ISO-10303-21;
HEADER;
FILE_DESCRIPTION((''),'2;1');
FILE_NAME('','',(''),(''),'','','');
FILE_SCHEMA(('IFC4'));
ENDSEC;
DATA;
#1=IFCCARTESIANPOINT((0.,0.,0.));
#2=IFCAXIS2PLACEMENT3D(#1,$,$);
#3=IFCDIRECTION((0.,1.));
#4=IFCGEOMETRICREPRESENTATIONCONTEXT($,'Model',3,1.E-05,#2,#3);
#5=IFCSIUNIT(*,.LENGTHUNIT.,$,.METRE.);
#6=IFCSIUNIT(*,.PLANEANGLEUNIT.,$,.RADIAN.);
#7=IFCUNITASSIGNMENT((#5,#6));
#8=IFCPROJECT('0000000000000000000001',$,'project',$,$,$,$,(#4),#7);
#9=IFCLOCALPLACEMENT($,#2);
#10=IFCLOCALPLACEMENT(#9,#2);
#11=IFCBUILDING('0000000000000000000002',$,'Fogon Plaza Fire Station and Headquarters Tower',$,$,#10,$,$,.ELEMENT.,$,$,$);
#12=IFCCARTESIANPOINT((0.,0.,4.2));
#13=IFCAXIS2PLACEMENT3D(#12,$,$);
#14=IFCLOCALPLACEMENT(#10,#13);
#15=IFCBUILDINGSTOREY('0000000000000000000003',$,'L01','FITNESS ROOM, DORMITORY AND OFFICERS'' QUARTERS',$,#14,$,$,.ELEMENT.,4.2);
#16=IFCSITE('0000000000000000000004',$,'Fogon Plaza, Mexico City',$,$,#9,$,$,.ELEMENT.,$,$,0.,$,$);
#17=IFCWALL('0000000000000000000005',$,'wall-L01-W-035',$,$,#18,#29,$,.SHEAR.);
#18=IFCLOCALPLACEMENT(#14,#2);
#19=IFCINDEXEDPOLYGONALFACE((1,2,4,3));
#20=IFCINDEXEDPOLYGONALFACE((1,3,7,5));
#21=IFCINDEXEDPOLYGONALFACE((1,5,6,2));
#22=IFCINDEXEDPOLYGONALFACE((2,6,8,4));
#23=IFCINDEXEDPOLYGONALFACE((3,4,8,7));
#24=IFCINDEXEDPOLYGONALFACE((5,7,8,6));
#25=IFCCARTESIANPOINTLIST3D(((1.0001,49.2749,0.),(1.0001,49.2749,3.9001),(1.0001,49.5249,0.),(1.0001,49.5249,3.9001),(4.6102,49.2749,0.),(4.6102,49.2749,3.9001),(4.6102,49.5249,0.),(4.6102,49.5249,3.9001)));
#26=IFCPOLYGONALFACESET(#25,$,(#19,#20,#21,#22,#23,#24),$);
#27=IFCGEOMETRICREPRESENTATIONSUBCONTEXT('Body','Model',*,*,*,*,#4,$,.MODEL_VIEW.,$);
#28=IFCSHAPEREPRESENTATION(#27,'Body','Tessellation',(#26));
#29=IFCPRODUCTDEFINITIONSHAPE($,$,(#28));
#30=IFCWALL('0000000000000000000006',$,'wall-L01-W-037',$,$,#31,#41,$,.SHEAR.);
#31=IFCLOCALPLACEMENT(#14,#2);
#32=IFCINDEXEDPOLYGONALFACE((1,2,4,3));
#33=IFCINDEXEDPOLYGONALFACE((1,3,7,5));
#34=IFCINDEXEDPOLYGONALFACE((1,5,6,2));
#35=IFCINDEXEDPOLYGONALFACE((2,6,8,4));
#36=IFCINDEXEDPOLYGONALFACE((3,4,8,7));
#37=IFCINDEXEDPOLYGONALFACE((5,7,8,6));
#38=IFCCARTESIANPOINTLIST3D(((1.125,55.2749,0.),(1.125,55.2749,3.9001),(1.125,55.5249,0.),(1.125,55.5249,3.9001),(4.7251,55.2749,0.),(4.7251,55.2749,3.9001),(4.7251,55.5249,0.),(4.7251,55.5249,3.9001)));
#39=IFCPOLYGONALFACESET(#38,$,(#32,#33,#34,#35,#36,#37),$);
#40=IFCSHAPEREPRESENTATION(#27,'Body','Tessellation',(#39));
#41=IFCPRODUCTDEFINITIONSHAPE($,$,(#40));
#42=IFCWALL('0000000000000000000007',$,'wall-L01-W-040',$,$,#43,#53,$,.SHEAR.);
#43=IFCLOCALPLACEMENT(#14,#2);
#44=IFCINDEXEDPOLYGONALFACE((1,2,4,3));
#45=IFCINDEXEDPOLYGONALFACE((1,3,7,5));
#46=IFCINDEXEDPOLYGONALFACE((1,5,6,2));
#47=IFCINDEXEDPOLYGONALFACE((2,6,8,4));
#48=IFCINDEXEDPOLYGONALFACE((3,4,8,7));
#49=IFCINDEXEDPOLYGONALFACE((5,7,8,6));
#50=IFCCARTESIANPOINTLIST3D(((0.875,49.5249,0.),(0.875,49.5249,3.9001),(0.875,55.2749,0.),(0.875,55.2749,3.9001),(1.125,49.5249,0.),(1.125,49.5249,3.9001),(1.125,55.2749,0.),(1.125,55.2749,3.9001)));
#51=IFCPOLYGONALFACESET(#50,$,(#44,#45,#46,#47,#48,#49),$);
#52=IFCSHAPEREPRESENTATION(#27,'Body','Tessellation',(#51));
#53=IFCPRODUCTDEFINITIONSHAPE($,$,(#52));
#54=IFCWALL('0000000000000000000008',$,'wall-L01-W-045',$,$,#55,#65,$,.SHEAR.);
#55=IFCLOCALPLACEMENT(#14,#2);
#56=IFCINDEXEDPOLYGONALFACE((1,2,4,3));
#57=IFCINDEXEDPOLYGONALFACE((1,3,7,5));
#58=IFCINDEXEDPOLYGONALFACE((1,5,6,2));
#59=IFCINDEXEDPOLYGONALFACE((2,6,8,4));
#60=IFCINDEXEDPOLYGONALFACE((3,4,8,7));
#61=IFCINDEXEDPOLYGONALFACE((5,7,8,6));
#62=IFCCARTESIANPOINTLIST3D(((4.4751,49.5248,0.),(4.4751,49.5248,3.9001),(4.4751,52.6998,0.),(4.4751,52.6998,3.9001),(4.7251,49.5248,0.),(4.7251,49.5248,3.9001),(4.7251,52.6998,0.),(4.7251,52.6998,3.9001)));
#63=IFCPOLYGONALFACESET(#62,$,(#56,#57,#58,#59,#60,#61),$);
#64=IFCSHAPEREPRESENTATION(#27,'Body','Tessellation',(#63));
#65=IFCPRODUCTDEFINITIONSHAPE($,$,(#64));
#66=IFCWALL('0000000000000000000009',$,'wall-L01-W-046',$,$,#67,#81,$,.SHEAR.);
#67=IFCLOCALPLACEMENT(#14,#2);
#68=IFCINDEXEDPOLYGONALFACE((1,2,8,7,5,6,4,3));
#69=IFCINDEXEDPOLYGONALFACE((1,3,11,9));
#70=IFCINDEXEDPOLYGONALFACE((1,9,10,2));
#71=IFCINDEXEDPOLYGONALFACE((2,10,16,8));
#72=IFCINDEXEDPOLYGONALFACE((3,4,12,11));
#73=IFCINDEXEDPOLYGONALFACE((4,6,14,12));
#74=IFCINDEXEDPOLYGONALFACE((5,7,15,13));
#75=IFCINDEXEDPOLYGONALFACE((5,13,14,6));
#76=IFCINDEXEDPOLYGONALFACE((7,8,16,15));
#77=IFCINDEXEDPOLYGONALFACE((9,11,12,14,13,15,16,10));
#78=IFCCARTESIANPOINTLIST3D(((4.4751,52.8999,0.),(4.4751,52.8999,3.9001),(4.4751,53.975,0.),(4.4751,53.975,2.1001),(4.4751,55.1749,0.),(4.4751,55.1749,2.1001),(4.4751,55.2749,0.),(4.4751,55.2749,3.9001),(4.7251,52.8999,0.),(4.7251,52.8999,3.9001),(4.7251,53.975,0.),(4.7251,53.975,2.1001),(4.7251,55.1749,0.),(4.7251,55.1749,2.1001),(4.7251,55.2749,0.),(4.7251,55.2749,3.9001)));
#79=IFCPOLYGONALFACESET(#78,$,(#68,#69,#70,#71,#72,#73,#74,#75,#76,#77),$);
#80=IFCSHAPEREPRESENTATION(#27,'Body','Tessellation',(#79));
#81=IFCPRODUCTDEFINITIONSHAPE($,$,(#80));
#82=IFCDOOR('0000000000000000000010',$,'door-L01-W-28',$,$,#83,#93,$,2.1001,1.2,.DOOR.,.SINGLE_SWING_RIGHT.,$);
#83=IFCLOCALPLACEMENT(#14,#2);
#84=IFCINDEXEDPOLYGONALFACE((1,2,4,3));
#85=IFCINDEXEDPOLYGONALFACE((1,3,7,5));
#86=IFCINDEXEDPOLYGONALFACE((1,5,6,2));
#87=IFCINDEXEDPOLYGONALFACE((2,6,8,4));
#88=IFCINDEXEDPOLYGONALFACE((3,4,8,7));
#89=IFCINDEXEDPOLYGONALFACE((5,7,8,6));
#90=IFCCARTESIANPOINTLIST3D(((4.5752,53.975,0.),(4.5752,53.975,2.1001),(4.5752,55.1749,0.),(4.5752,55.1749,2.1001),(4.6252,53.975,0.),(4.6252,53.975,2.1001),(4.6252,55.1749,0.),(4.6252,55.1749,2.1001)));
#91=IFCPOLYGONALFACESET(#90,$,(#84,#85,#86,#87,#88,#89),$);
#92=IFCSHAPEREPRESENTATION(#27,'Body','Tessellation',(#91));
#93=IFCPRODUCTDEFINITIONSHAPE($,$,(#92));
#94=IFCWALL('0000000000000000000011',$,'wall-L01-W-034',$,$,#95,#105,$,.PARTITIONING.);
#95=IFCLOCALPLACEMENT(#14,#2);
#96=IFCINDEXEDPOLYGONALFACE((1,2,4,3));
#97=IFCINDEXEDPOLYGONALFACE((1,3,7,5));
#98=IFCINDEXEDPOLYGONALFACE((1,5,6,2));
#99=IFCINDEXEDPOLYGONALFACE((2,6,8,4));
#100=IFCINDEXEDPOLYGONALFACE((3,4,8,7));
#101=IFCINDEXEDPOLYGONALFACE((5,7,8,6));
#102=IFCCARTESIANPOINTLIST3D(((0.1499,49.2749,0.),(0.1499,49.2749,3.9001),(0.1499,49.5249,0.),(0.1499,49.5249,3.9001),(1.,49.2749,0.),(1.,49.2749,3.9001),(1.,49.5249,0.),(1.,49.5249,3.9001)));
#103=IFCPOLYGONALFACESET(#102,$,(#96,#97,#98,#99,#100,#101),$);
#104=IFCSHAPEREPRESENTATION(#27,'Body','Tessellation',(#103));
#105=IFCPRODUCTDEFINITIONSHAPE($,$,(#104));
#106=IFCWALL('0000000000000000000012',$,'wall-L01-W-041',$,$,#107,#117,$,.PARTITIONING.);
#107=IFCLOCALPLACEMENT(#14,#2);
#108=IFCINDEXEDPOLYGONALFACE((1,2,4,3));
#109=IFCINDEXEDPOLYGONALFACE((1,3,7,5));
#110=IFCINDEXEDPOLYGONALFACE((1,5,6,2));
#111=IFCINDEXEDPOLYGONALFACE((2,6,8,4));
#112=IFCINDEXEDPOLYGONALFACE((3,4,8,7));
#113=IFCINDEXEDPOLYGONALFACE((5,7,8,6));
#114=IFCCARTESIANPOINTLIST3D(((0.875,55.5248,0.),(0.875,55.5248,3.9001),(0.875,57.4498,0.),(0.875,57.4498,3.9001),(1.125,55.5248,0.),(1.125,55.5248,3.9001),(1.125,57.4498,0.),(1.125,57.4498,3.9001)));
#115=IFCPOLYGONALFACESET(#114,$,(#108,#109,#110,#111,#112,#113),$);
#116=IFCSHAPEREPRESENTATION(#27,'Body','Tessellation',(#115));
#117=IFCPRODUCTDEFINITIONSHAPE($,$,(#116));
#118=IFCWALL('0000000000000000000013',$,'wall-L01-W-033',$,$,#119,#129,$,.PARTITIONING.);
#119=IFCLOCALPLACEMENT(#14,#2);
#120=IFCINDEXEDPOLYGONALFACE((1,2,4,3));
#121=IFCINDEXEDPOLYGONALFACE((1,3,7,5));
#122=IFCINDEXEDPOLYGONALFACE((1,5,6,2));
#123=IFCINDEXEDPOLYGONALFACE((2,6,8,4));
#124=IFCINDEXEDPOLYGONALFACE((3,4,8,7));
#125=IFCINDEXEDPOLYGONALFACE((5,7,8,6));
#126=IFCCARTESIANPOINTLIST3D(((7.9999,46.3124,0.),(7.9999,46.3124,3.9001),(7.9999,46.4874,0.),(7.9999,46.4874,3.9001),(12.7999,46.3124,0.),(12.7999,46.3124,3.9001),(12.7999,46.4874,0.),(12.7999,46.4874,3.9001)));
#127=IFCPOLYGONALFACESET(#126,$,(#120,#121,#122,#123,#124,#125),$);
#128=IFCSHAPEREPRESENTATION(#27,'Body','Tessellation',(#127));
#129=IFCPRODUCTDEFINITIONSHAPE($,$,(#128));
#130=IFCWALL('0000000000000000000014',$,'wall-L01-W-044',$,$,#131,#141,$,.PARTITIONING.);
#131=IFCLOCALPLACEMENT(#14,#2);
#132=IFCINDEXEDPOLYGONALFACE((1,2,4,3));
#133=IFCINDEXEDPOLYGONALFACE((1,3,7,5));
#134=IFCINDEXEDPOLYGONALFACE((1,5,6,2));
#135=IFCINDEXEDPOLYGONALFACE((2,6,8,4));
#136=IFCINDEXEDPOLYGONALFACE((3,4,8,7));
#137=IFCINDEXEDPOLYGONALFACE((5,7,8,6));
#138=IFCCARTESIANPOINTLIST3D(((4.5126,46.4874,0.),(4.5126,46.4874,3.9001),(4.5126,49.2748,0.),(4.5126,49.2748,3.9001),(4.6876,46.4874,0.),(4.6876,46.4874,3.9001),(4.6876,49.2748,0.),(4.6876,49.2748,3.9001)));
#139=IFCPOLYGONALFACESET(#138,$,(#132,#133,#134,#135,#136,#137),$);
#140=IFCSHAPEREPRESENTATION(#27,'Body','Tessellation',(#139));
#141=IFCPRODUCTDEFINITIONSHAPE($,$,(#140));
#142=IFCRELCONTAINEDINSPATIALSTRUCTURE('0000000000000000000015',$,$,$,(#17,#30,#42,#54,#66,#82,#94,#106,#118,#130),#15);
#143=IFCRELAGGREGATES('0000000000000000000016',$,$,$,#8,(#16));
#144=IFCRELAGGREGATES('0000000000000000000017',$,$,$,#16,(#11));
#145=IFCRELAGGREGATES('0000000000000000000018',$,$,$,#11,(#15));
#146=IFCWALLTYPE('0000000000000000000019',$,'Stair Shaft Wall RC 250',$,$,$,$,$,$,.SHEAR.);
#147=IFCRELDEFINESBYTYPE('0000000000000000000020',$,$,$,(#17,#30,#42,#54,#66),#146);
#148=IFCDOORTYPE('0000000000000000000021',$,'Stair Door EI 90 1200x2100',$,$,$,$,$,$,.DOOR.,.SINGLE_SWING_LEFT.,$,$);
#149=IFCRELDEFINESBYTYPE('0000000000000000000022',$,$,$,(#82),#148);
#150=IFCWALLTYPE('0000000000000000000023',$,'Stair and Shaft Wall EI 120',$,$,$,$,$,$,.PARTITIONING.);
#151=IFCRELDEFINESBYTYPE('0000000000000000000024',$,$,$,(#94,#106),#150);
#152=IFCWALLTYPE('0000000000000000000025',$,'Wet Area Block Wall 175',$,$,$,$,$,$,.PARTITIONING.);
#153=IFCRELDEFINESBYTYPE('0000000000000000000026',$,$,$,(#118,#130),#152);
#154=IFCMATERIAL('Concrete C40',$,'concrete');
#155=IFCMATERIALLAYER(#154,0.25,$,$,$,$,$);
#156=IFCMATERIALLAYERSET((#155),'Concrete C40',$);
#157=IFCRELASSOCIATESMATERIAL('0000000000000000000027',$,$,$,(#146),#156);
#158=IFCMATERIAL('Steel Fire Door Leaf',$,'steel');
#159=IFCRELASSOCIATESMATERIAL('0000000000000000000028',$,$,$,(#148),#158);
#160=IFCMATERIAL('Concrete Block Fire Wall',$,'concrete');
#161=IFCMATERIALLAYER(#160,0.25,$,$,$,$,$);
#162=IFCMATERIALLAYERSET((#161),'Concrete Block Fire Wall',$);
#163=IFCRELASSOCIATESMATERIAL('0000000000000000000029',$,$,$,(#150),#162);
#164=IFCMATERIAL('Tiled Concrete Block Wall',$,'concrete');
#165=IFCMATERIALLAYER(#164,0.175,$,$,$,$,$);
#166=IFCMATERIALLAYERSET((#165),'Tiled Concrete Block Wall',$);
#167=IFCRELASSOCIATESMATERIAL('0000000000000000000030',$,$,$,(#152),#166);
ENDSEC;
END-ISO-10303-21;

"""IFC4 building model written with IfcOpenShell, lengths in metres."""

from ifc_helpers import new_model, si_unit, direction, frame, frame_2d, origin, place, context, subcontext, project, spatial, rectangle, extrude, material, layer, layer_set, type_object, element, fill, save


model = new_model("IFC4")

# Units and contexts
model_context = context("Model", 3, precision=1e-05, world=origin(), true_north=direction((0.0, 1.0)))
body_context = subcontext(model_context, "Body", "Model", "MODEL_VIEW")
ifc_project = project(units=[si_unit("LENGTHUNIT", "METRE"), si_unit("PLANEANGLEUNIT", "RADIAN")], contexts=[model_context])

# Site, building, storey
site_placement = place(None, origin())
site = spatial("IfcSite", under=ifc_project, at=site_placement, Name="Fogon Plaza, Mexico City", CompositionType="ELEMENT", RefElevation=0.0)
building_placement = place(site_placement, origin())
building = spatial("IfcBuilding", under=site, at=building_placement, Name="Fogon Plaza Fire Station and Headquarters Tower", CompositionType="ELEMENT")
storey_placement = place(building_placement, frame((0.0, 0.0, 4.2)))
storey = spatial("IfcBuildingStorey", under=building, at=storey_placement, Name="L01", Description="FITNESS ROOM, DORMITORY AND OFFICERS' QUARTERS", CompositionType="ELEMENT", Elevation=4.2)

# Walls
ifc_material_1 = material(Name="Concrete C40", Category="concrete")
ifc_layer_1 = layer(ifc_material_1, 0.25)
ifc_layer_set_1 = layer_set([ifc_layer_1], Name="Concrete C40")
wall_type_1 = type_object("IfcWallType", Name="Stair Shaft Wall RC 250", PredefinedType="SHEAR", material=ifc_layer_set_1)
wall_1_placement = place(storey_placement, frame((1.0, 49.3999, 0.0), z_axis=(0.0, 0.0, 1.0), x_axis=(1.0, 0.0, 0.0)))
element("IfcWall", 1, at=wall_1_placement, inside=storey, type_object=wall_type_1, Name="wall-L01-W-035", PredefinedType="SHEAR", context=body_context, shape_type="SweptSolid", body=[
    extrude(rectangle(XDim=3.6101, YDim=0.25, at=frame_2d((1.8052, 0.0))), origin(), (0.0, 0.0, 1.0), 3.9001),
])
wall_2_placement = place(storey_placement, frame((1.125, 55.3999, 0.0), z_axis=(0.0, 0.0, 1.0), x_axis=(1.0, 0.0, 0.0)))
element("IfcWall", 2, at=wall_2_placement, inside=storey, type_object=wall_type_1, Name="wall-L01-W-037", PredefinedType="SHEAR", context=body_context, shape_type="SweptSolid", body=[
    extrude(rectangle(XDim=3.6001, YDim=0.25, at=frame_2d((1.8, 0.0))), origin(), (0.0, 0.0, 1.0), 3.9001),
])
wall_3_placement = place(storey_placement, frame((1.0, 49.5249, 0.0), z_axis=(0.0, 0.0, 1.0), x_axis=(0.0, 1.0, 0.0)))
element("IfcWall", 3, at=wall_3_placement, inside=storey, type_object=wall_type_1, Name="wall-L01-W-040", PredefinedType="SHEAR", context=body_context, shape_type="SweptSolid", body=[
    extrude(rectangle(XDim=5.75, YDim=0.25, at=frame_2d((2.875, 0.0))), origin(), (0.0, 0.0, 1.0), 3.9001),
])
wall_4_placement = place(storey_placement, frame((4.6001, 49.5249, 0.0), z_axis=(0.0, 0.0, 1.0), x_axis=(0.0, 1.0, 0.0)))
element("IfcWall", 4, at=wall_4_placement, inside=storey, type_object=wall_type_1, Name="wall-L01-W-045", PredefinedType="SHEAR", context=body_context, shape_type="SweptSolid", body=[
    extrude(rectangle(XDim=3.175, YDim=0.25, at=frame_2d((1.5874, 0.0))), origin(), (0.0, 0.0, 1.0), 3.9001),
])

# Wall, opening, door
wall_5_placement = place(storey_placement, frame((4.6001, 52.8999, 0.0), z_axis=(0.0, 0.0, 1.0), x_axis=(0.0, 1.0, 0.0)))
wall_5 = element("IfcWall", 5, at=wall_5_placement, inside=storey, type_object=wall_type_1, Name="wall-L01-W-046", PredefinedType="SHEAR", context=body_context, shape_type="SweptSolid", body=[
    extrude(rectangle(XDim=2.375, YDim=0.25, at=frame_2d((1.1875, 0.0))), origin(), (0.0, 0.0, 1.0), 3.9001),
])
opening_1_placement = place(wall_5_placement, frame((1.075, 0.0, 0.0)))
opening_1 = element("IfcOpeningElement", 6, at=opening_1_placement, cuts=wall_5, PredefinedType="OPENING", context=body_context, shape_type="SweptSolid", body=[
    extrude(rectangle(XDim=1.2, YDim=2.1001, at=frame_2d((0.6001, 1.05))), frame((0.0, 0.135, 0.0), z_axis=(0.0, -1.0, 0.0), x_axis=(1.0, 0.0, 0.0)), (0.0, 0.0, 1.0), 0.27),
])
ifc_material_2 = material(Name="Steel Fire Door Leaf", Category="steel")
door_type_1 = type_object("IfcDoorType", Name="Stair Door EI 90 1200x2100", OperationType="SINGLE_SWING_LEFT", PredefinedType="DOOR", material=ifc_material_2)
door_1_placement = place(opening_1_placement, origin())
door_1 = element("IfcDoor", 7, at=door_1_placement, inside=storey, type_object=door_type_1, Name="door-L01-W-28", OperationType="SINGLE_SWING_RIGHT", OverallHeight=2.1001, OverallWidth=1.2, PredefinedType="DOOR", context=body_context, shape_type="SweptSolid", body=[
    extrude(rectangle(XDim=1.2, YDim=2.1001, at=frame_2d((0.6001, 1.05))), frame((0.0, 0.0249, 0.0), z_axis=(0.0, -1.0, 0.0), x_axis=(1.0, 0.0, 0.0)), (0.0, 0.0, 1.0), 0.05),
])
fill(opening_1, door_1)

# Walls
ifc_material_3 = material(Name="Concrete Block Fire Wall", Category="concrete")
ifc_layer_2 = layer(ifc_material_3, 0.25)
ifc_layer_set_2 = layer_set([ifc_layer_2], Name="Concrete Block Fire Wall")
wall_type_2 = type_object("IfcWallType", Name="Stair and Shaft Wall EI 120", PredefinedType="PARTITIONING", material=ifc_layer_set_2)
wall_6_placement = place(storey_placement, frame((0.1499, 49.3999, 0.0), z_axis=(0.0, 0.0, 1.0), x_axis=(1.0, 0.0, 0.0)))
element("IfcWall", 8, at=wall_6_placement, inside=storey, type_object=wall_type_2, Name="wall-L01-W-034", PredefinedType="PARTITIONING", context=body_context, shape_type="SweptSolid", body=[
    extrude(rectangle(XDim=0.8501, YDim=0.25, at=frame_2d((0.425, 0.0))), origin(), (0.0, 0.0, 1.0), 3.9001),
])
wall_7_placement = place(storey_placement, frame((1.0, 55.5249, 0.0), z_axis=(0.0, 0.0, 1.0), x_axis=(0.0, 1.0, 0.0)))
element("IfcWall", 9, at=wall_7_placement, inside=storey, type_object=wall_type_2, Name="wall-L01-W-041", PredefinedType="PARTITIONING", context=body_context, shape_type="SweptSolid", body=[
    extrude(rectangle(XDim=1.925, YDim=0.25, at=frame_2d((0.9624, 0.0))), origin(), (0.0, 0.0, 1.0), 3.9001),
])
ifc_material_4 = material(Name="Tiled Concrete Block Wall", Category="concrete")
ifc_layer_3 = layer(ifc_material_4, 0.175)
ifc_layer_set_3 = layer_set([ifc_layer_3], Name="Tiled Concrete Block Wall")
wall_type_3 = type_object("IfcWallType", Name="Wet Area Block Wall 175", PredefinedType="PARTITIONING", material=ifc_layer_set_3)
wall_8_placement = place(storey_placement, frame((8.0, 46.3999, 0.0), z_axis=(0.0, 0.0, 1.0), x_axis=(1.0, 0.0, 0.0)))
element("IfcWall", 10, at=wall_8_placement, inside=storey, type_object=wall_type_3, Name="wall-L01-W-033", PredefinedType="PARTITIONING", context=body_context, shape_type="SweptSolid", body=[
    extrude(rectangle(XDim=4.8, YDim=0.175, at=frame_2d((2.3999, 0.0))), origin(), (0.0, 0.0, 1.0), 3.9001),
])
wall_9_placement = place(storey_placement, frame((4.6001, 46.4875, 0.0), z_axis=(0.0, 0.0, 1.0), x_axis=(0.0, 1.0, 0.0)))
element("IfcWall", 11, at=wall_9_placement, inside=storey, type_object=wall_type_3, Name="wall-L01-W-044", PredefinedType="PARTITIONING", context=body_context, shape_type="SweptSolid", body=[
    extrude(rectangle(XDim=2.7874, YDim=0.175, at=frame_2d((1.3936, 0.0))), origin(), (0.0, 0.0, 1.0), 3.9001),
])

save(model, "model.ifc")
